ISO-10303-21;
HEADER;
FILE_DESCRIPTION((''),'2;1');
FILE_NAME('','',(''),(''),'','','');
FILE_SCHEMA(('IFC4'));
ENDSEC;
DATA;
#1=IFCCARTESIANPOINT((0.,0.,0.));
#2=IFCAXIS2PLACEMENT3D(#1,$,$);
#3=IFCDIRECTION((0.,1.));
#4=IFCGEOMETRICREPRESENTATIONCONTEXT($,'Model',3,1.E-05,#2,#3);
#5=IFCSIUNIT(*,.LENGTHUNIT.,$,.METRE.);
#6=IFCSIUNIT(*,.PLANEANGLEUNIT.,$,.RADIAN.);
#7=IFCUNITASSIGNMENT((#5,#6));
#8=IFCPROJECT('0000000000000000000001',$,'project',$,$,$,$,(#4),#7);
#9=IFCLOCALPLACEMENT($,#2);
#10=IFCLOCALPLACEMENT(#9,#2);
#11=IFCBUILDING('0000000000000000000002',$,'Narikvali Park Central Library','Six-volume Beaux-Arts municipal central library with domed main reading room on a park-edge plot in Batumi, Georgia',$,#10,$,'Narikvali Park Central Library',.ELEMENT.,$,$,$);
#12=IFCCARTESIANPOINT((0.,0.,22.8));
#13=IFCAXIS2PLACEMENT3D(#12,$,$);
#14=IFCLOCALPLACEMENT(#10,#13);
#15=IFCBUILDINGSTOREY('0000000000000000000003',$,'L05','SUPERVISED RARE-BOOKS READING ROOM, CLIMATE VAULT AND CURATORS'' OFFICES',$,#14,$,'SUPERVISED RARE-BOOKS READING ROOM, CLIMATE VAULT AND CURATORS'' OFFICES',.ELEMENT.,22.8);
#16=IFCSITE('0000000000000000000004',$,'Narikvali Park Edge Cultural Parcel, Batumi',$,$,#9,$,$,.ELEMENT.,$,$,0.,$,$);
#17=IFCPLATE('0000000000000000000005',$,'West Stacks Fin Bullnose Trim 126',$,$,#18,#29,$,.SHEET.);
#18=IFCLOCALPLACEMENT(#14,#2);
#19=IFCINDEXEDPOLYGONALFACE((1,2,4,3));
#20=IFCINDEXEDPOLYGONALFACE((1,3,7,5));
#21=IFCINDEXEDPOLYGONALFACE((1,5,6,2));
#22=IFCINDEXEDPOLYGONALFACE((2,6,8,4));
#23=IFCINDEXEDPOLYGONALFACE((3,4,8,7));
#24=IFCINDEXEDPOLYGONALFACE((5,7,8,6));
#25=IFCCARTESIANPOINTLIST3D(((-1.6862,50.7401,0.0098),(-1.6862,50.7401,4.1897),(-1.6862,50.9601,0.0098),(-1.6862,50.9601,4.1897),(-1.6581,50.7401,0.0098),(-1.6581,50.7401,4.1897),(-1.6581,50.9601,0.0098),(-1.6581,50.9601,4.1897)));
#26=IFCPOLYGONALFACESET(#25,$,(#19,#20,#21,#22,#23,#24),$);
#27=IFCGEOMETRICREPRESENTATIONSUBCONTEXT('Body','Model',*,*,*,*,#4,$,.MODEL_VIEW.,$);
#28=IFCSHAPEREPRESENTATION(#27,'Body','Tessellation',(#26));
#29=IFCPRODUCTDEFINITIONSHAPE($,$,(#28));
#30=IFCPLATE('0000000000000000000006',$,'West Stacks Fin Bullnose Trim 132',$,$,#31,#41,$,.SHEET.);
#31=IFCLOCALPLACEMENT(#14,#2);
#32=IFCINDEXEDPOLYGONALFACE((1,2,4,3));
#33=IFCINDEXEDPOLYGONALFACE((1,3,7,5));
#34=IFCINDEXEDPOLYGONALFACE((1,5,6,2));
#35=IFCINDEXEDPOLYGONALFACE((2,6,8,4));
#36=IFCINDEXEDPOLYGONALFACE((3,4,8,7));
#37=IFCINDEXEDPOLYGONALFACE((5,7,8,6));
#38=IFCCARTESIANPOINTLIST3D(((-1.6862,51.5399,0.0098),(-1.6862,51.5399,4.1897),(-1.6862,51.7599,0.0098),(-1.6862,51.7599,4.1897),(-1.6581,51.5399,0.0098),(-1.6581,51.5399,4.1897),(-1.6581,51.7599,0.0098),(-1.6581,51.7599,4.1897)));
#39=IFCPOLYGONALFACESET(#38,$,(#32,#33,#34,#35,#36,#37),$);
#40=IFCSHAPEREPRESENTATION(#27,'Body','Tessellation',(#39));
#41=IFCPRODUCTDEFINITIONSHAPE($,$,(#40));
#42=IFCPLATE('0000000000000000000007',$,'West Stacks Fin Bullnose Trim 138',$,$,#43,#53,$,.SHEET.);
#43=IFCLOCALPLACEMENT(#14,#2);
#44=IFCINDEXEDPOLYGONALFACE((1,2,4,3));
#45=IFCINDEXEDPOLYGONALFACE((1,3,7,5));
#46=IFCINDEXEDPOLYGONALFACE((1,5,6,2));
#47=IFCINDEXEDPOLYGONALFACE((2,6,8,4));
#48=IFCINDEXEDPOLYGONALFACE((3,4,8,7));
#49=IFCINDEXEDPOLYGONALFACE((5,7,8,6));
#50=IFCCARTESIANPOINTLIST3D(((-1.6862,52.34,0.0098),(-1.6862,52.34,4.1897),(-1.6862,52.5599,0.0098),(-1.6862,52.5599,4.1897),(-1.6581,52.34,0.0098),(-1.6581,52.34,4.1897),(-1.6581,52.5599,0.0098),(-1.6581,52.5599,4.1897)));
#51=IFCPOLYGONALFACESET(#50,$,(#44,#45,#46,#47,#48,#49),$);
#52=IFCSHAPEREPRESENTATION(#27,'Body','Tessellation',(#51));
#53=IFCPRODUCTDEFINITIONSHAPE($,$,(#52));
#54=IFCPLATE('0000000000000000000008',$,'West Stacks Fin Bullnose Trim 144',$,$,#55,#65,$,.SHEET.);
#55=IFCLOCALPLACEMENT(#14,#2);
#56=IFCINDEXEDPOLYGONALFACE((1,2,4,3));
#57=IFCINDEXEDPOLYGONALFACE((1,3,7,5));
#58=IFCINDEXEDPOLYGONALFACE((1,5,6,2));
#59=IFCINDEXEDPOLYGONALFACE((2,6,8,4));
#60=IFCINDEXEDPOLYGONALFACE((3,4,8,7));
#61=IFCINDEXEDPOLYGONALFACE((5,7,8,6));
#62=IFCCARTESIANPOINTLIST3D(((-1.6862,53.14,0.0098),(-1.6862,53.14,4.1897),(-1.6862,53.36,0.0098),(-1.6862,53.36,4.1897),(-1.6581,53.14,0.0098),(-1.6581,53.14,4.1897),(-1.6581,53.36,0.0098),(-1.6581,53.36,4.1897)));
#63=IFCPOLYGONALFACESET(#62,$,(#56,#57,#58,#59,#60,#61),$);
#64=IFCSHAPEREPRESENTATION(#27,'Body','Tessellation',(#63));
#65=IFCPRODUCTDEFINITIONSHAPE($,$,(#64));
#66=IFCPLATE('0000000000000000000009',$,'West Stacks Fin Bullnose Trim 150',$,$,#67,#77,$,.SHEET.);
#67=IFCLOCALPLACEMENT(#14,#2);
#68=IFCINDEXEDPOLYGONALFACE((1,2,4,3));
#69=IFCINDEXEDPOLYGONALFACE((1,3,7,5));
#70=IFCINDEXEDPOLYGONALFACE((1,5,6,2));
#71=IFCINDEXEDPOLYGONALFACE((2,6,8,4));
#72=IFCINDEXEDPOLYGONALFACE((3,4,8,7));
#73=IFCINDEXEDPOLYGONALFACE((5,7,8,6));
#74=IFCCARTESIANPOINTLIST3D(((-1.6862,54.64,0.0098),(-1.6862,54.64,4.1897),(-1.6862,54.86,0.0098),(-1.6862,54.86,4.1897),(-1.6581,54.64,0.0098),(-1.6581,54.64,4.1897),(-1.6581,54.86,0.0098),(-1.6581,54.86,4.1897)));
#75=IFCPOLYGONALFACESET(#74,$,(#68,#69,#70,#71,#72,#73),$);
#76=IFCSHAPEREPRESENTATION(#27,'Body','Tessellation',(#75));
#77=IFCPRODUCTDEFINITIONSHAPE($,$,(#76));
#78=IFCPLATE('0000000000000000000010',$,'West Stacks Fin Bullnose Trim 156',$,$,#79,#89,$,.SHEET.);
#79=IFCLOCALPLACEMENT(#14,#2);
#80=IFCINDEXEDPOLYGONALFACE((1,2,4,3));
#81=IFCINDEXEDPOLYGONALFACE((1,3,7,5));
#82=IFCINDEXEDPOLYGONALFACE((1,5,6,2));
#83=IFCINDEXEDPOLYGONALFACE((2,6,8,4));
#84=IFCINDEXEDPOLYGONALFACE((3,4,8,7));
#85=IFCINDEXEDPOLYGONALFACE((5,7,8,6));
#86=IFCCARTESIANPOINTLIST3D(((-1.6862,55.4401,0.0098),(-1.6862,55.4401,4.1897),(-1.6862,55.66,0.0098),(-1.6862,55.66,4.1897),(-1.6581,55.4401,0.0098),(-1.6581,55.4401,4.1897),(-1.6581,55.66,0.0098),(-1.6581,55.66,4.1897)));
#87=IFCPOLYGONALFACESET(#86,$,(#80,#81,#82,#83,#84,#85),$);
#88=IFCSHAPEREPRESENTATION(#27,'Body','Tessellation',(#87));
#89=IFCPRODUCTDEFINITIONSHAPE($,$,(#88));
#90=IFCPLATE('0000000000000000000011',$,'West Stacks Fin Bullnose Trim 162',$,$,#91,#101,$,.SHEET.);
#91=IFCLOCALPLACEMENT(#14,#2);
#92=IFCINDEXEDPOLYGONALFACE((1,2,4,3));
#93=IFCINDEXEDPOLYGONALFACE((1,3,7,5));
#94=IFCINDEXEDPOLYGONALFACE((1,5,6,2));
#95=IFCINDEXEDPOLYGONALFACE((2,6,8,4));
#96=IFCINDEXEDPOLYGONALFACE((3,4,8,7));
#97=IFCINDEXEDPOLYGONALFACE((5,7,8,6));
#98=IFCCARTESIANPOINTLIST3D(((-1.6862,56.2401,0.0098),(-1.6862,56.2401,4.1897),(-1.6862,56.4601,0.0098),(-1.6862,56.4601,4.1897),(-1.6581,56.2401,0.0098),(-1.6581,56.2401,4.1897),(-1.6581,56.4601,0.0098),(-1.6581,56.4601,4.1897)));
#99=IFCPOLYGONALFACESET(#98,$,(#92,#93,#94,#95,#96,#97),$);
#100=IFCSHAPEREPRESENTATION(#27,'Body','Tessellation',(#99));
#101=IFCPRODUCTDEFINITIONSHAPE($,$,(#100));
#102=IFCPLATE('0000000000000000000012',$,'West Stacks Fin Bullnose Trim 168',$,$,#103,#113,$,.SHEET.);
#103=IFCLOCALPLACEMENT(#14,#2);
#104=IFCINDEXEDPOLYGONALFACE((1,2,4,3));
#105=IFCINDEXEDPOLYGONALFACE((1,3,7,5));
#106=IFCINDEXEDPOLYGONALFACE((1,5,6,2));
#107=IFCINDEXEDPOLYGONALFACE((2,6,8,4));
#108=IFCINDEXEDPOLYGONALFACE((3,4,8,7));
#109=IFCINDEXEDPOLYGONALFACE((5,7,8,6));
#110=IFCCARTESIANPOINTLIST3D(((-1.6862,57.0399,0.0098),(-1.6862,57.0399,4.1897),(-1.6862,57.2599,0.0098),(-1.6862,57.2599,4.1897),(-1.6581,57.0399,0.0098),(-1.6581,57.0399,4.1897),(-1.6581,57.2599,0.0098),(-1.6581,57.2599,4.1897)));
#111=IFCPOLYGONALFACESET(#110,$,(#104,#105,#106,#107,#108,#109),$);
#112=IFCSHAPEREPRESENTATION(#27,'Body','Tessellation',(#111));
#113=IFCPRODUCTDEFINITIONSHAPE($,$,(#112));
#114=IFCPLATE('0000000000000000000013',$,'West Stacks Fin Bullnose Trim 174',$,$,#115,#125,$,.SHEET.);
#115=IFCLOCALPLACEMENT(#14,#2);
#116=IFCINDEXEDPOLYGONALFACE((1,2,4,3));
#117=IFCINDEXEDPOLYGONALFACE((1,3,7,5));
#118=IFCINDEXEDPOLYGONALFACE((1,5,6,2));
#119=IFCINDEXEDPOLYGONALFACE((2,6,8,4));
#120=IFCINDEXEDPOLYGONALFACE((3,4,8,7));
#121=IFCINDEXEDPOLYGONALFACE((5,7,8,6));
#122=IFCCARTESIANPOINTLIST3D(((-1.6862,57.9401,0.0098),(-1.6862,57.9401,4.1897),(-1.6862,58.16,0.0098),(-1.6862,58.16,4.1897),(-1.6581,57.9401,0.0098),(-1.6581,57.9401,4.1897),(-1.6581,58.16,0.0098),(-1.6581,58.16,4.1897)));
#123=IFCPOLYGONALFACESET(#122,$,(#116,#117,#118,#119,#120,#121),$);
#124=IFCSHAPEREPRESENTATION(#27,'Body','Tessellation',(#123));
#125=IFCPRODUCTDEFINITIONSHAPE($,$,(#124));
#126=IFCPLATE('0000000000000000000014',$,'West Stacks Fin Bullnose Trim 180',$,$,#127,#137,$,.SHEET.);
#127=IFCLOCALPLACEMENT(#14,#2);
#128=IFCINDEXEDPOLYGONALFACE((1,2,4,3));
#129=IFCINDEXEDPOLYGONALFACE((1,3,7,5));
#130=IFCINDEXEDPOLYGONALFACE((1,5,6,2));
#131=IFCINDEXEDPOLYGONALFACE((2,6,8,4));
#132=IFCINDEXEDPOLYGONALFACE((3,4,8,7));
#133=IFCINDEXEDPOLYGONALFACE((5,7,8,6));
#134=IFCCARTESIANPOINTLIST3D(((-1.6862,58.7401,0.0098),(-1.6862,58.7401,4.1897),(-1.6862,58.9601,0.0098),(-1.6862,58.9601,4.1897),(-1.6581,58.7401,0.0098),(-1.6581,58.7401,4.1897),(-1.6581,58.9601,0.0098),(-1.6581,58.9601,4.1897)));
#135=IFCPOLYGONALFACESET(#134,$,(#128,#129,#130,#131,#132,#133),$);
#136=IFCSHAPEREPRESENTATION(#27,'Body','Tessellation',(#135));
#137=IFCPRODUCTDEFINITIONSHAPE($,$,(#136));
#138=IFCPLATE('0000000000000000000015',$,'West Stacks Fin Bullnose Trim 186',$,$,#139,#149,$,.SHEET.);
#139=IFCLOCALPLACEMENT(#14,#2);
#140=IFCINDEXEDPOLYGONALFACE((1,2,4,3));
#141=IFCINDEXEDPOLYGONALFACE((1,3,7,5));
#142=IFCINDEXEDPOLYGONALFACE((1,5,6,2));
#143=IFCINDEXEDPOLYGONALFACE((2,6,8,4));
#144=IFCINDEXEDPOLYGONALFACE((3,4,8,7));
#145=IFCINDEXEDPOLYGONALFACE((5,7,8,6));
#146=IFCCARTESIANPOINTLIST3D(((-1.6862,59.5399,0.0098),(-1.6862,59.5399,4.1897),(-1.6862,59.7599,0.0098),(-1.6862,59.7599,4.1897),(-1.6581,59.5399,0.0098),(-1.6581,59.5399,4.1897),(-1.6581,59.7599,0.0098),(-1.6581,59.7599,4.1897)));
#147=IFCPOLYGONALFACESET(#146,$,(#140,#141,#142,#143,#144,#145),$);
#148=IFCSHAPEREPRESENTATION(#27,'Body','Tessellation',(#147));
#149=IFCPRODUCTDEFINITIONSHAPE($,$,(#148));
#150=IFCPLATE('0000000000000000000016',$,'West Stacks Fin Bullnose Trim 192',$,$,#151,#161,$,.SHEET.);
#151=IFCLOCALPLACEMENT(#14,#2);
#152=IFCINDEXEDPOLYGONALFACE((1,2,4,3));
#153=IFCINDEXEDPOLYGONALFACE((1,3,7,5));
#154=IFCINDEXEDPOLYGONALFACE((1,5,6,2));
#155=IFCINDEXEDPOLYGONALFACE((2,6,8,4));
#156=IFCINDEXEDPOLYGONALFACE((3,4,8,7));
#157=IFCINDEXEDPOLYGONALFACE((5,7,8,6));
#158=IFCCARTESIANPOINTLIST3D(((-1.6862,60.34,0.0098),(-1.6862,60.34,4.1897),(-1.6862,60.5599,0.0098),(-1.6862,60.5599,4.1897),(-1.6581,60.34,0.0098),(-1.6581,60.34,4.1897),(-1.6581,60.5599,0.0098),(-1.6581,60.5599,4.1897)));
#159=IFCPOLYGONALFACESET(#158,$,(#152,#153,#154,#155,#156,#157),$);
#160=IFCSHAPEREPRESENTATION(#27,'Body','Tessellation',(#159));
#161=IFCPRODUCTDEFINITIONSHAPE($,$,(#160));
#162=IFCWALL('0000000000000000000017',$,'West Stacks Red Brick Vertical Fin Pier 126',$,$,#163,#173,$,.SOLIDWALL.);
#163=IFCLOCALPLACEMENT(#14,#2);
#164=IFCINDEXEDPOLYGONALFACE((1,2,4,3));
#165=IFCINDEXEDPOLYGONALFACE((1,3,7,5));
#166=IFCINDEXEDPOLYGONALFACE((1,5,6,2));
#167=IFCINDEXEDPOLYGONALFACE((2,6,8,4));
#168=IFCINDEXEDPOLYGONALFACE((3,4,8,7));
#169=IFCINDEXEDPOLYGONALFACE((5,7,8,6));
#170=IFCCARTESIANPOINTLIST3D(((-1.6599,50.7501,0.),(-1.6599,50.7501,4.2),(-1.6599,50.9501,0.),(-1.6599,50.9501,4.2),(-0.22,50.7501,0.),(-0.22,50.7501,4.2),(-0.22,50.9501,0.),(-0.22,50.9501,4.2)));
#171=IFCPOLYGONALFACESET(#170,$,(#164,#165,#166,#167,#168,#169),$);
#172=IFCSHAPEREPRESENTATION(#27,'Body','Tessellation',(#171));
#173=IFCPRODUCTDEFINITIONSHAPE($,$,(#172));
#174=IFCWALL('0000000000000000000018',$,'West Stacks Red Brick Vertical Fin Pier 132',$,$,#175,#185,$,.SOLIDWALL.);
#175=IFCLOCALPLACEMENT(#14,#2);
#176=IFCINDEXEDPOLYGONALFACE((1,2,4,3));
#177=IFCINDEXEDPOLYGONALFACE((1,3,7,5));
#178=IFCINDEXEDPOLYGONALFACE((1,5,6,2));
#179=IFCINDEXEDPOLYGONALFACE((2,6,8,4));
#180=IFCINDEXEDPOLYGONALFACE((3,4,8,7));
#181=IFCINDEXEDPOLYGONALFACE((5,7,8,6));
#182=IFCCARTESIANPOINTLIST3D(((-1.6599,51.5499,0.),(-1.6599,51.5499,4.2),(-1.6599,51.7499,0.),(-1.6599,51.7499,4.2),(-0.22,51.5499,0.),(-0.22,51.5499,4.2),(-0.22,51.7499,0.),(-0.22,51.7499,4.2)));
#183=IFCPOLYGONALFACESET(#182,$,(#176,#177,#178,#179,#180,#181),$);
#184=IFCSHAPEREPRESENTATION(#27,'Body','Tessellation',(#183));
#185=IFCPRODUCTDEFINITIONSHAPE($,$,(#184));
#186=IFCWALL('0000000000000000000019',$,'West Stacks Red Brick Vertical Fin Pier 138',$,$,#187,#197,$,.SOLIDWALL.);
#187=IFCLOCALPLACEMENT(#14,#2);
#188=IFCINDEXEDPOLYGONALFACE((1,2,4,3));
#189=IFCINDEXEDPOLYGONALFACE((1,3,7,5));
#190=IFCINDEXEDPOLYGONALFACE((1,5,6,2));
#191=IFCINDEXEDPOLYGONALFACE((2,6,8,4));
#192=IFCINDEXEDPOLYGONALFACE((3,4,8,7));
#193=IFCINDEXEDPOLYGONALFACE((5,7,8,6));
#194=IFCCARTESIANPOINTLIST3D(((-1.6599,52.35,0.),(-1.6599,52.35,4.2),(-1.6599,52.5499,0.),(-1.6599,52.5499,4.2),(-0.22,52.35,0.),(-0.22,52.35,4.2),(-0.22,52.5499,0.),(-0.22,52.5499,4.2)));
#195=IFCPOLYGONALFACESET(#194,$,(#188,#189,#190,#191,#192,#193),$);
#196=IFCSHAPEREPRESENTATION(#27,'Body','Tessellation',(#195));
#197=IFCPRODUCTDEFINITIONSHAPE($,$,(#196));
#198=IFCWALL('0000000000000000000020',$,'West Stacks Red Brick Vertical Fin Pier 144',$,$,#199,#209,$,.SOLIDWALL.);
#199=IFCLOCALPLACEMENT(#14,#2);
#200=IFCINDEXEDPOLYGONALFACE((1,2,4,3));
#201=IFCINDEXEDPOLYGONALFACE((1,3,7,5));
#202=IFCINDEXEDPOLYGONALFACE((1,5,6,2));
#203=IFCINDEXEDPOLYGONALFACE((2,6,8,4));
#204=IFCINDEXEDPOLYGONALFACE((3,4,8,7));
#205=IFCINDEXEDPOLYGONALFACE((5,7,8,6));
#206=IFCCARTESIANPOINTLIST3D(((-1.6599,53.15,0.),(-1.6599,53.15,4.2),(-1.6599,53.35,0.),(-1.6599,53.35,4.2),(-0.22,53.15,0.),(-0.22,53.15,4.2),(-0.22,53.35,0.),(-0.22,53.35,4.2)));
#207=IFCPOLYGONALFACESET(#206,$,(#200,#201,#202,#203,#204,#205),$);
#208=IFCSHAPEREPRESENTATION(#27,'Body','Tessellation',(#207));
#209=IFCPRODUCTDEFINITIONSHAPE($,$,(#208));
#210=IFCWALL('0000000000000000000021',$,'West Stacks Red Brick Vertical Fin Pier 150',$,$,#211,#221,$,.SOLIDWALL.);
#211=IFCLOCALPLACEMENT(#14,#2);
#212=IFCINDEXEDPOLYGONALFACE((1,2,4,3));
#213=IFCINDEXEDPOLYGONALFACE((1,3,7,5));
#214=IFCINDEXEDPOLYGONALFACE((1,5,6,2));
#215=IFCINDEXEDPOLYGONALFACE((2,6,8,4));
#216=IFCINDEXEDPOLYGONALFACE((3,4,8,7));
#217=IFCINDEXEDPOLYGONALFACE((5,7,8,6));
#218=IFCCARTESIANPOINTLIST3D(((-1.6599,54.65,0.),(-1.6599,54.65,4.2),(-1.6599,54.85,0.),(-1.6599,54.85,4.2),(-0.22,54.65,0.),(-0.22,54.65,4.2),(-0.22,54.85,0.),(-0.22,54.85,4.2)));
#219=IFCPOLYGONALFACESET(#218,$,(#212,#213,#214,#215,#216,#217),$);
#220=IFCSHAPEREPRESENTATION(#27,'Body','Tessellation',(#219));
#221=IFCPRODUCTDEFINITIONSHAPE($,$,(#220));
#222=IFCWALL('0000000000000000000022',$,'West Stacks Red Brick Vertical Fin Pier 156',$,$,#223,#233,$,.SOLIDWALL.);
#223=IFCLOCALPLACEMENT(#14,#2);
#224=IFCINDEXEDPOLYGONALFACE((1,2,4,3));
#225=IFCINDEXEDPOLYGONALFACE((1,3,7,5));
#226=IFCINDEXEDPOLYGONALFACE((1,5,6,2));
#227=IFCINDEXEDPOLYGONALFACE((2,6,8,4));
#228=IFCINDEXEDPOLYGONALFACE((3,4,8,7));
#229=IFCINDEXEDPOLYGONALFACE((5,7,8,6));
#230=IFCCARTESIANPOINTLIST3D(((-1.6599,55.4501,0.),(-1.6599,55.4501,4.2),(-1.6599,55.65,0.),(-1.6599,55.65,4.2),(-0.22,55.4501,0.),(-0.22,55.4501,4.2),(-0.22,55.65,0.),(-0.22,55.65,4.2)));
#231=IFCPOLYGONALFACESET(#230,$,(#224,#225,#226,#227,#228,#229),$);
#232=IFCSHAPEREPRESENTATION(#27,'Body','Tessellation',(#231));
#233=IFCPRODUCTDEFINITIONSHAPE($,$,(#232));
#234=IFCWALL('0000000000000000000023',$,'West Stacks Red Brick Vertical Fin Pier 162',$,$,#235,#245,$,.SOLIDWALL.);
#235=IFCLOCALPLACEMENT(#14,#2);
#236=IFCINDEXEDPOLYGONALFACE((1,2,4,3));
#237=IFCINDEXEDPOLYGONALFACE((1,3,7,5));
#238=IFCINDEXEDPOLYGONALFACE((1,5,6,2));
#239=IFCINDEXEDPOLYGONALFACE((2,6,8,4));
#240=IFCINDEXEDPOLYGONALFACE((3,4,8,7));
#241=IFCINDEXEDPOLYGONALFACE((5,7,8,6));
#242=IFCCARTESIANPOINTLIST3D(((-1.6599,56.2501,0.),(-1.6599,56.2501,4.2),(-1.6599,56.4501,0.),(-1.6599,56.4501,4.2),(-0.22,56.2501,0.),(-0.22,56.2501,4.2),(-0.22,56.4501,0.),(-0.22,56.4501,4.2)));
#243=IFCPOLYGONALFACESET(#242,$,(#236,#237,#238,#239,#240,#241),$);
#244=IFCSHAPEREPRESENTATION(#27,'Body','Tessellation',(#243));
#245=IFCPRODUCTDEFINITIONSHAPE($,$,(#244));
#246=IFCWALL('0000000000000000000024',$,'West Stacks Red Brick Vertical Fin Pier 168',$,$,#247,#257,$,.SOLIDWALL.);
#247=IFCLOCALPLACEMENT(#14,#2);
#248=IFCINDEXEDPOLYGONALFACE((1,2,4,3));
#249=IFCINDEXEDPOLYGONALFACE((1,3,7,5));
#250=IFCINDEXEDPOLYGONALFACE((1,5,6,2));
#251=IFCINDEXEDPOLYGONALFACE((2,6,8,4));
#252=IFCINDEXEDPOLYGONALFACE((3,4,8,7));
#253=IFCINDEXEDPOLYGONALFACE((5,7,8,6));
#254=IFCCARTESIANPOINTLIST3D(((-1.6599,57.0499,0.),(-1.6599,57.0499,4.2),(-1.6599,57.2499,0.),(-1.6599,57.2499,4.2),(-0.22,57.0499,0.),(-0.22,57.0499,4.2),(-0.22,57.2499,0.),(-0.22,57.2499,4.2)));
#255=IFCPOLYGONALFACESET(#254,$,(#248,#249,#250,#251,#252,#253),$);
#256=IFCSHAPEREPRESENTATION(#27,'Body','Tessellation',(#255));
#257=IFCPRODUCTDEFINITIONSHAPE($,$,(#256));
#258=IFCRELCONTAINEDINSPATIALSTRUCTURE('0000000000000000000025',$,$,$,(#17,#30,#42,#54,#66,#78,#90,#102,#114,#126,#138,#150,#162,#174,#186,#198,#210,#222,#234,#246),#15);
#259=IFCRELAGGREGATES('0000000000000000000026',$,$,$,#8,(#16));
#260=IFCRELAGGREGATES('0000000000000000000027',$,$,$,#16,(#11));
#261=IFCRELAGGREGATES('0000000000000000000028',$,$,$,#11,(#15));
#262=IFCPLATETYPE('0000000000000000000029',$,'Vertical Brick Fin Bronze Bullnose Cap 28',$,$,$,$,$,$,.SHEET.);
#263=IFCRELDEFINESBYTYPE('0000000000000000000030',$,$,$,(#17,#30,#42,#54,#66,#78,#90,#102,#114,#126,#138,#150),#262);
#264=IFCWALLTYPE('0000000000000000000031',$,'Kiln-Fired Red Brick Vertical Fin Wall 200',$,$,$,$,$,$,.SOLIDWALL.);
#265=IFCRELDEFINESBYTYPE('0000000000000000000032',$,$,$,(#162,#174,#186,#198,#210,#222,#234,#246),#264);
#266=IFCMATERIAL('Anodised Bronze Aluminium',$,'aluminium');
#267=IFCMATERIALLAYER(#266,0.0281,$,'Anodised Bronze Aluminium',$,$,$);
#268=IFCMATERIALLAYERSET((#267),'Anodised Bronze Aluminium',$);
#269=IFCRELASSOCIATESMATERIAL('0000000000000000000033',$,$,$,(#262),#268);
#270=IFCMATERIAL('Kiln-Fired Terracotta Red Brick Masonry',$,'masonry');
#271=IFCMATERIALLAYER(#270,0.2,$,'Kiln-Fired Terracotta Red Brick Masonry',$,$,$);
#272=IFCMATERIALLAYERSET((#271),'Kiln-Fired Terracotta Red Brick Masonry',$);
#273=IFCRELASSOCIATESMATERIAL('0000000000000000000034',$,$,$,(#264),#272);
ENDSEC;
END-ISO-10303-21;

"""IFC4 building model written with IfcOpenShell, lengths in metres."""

from ifc_helpers import new_model, si_unit, direction, frame, frame_2d, origin, origin_2d, place, context, subcontext, project, spatial, rectangle, extrude, material, layer, layer_set, type_object, element, save


model = new_model("IFC4")

# Units and contexts
model_context = context("Model", 3, precision=1e-05, world=origin(), true_north=direction((0.0, 1.0)))
body_context = subcontext(model_context, "Body", "Model", "MODEL_VIEW")
ifc_project = project(units=[si_unit("LENGTHUNIT", "METRE"), si_unit("PLANEANGLEUNIT", "RADIAN")], contexts=[model_context])

# Site, building, storey
site_placement = place(None, origin())
site = spatial("IfcSite", under=ifc_project, at=site_placement, Name="Narikvali Park Edge Cultural Parcel, Batumi", CompositionType="ELEMENT", RefElevation=0.0)
building_placement = place(site_placement, origin())
building = spatial("IfcBuilding", under=site, at=building_placement, Name="Narikvali Park Central Library", Description="Six-volume Beaux-Arts municipal central library with domed main reading room on a park-edge plot in Batumi, Georgia", LongName="Narikvali Park Central Library", CompositionType="ELEMENT")
storey_placement = place(building_placement, frame((0.0, 0.0, 22.8)))
storey = spatial("IfcBuildingStorey", under=building, at=storey_placement, Name="L05", Description="SUPERVISED RARE-BOOKS READING ROOM, CLIMATE VAULT AND CURATORS' OFFICES", LongName="SUPERVISED RARE-BOOKS READING ROOM, CLIMATE VAULT AND CURATORS' OFFICES", CompositionType="ELEMENT", Elevation=22.8)

# Plates
ifc_material_1 = material(Name="Anodised Bronze Aluminium", Category="aluminium")
ifc_layer_1 = layer(ifc_material_1, 0.0281, Name="Anodised Bronze Aluminium")
ifc_layer_set_1 = layer_set([ifc_layer_1], Name="Anodised Bronze Aluminium")
plate_type = type_object("IfcPlateType", Name="Vertical Brick Fin Bronze Bullnose Cap 28", PredefinedType="SHEET", material=ifc_layer_set_1)
for number, where, z_axis, x_axis, name in (
    (1, (-1.6721, 50.8501, 0.0098), (0.0, 0.0, 1.0), (1.0, 0.0, 0.0), "West Stacks Fin Bullnose Trim 126"),
    (2, (-1.6721, 51.6499, 0.0098), (0.0, 0.0, 1.0), (1.0, 0.0, 0.0), "West Stacks Fin Bullnose Trim 132"),
    (3, (-1.6721, 52.45, 0.0098), (0.0, 0.0, 1.0), (1.0, 0.0, 0.0), "West Stacks Fin Bullnose Trim 138"),
    (4, (-1.6721, 53.25, 0.0098), (0.0, 0.0, 1.0), (1.0, 0.0, 0.0), "West Stacks Fin Bullnose Trim 144"),
    (5, (-1.6721, 54.75, 0.0098), (0.0, 0.0, 1.0), (1.0, 0.0, 0.0), "West Stacks Fin Bullnose Trim 150"),
    (6, (-1.6721, 55.55, 0.0098), (0.0, 0.0, 1.0), (1.0, 0.0, 0.0), "West Stacks Fin Bullnose Trim 156"),
    (7, (-1.6721, 56.3501, 0.0098), (0.0, 0.0, 1.0), (1.0, 0.0, 0.0), "West Stacks Fin Bullnose Trim 162"),
    (8, (-1.6721, 57.1499, 0.0098), (0.0, 0.0, 1.0), (1.0, 0.0, 0.0), "West Stacks Fin Bullnose Trim 168"),
    (9, (-1.6721, 58.05, 0.0098), (0.0, 0.0, 1.0), (1.0, 0.0, 0.0), "West Stacks Fin Bullnose Trim 174"),
    (10, (-1.6721, 58.8501, 0.0098), (0.0, 0.0, 1.0), (1.0, 0.0, 0.0), "West Stacks Fin Bullnose Trim 180"),
    (11, (-1.6721, 59.6499, 0.0098), (0.0, 0.0, 1.0), (1.0, 0.0, 0.0), "West Stacks Fin Bullnose Trim 186"),
    (12, (-1.6721, 60.45, 0.0098), (0.0, 0.0, 1.0), (1.0, 0.0, 0.0), "West Stacks Fin Bullnose Trim 192"),
):
    element("IfcPlate", number, at=place(storey_placement, frame(where, z_axis=z_axis, x_axis=x_axis)), inside=storey, type_object=plate_type, Name=name, PredefinedType="SHEET", context=body_context, shape_type="SweptSolid", body=[
        extrude(rectangle(XDim=0.0281, YDim=0.22, at=origin_2d()), origin(), (0.0, 0.0, 1.0), 4.1799),
    ])

# Walls
ifc_material_2 = material(Name="Kiln-Fired Terracotta Red Brick Masonry", Category="masonry")
ifc_layer_2 = layer(ifc_material_2, 0.2, Name="Kiln-Fired Terracotta Red Brick Masonry")
ifc_layer_set_2 = layer_set([ifc_layer_2], Name="Kiln-Fired Terracotta Red Brick Masonry")
wall_type = type_object("IfcWallType", Name="Kiln-Fired Red Brick Vertical Fin Wall 200", PredefinedType="SOLIDWALL", material=ifc_layer_set_2)
for number, where, z_axis, x_axis, name in (
    (13, (-1.6599, 50.8501, 0.0), (0.0, 0.0, 1.0), (1.0, 0.0, 0.0), "West Stacks Red Brick Vertical Fin Pier 126"),
    (14, (-1.6599, 51.6499, 0.0), (0.0, 0.0, 1.0), (1.0, 0.0, 0.0), "West Stacks Red Brick Vertical Fin Pier 132"),
    (15, (-1.6599, 52.45, 0.0), (0.0, 0.0, 1.0), (1.0, 0.0, 0.0), "West Stacks Red Brick Vertical Fin Pier 138"),
    (16, (-1.6599, 53.25, 0.0), (0.0, 0.0, 1.0), (1.0, 0.0, 0.0), "West Stacks Red Brick Vertical Fin Pier 144"),
    (17, (-1.6599, 54.75, 0.0), (0.0, 0.0, 1.0), (1.0, 0.0, 0.0), "West Stacks Red Brick Vertical Fin Pier 150"),
    (18, (-1.6599, 55.55, 0.0), (0.0, 0.0, 1.0), (1.0, 0.0, 0.0), "West Stacks Red Brick Vertical Fin Pier 156"),
    (19, (-1.6599, 56.3501, 0.0), (0.0, 0.0, 1.0), (1.0, 0.0, 0.0), "West Stacks Red Brick Vertical Fin Pier 162"),
    (20, (-1.6599, 57.1499, 0.0), (0.0, 0.0, 1.0), (1.0, 0.0, 0.0), "West Stacks Red Brick Vertical Fin Pier 168"),
):
    element("IfcWall", number, at=place(storey_placement, frame(where, z_axis=z_axis, x_axis=x_axis)), inside=storey, type_object=wall_type, Name=name, PredefinedType="SOLIDWALL", context=body_context, shape_type="SweptSolid", body=[
        extrude(rectangle(XDim=1.4399, YDim=0.2, at=frame_2d((0.72, 0.0))), origin(), (0.0, 0.0, 1.0), 4.2),
    ])

save(model, "model.ifc")
